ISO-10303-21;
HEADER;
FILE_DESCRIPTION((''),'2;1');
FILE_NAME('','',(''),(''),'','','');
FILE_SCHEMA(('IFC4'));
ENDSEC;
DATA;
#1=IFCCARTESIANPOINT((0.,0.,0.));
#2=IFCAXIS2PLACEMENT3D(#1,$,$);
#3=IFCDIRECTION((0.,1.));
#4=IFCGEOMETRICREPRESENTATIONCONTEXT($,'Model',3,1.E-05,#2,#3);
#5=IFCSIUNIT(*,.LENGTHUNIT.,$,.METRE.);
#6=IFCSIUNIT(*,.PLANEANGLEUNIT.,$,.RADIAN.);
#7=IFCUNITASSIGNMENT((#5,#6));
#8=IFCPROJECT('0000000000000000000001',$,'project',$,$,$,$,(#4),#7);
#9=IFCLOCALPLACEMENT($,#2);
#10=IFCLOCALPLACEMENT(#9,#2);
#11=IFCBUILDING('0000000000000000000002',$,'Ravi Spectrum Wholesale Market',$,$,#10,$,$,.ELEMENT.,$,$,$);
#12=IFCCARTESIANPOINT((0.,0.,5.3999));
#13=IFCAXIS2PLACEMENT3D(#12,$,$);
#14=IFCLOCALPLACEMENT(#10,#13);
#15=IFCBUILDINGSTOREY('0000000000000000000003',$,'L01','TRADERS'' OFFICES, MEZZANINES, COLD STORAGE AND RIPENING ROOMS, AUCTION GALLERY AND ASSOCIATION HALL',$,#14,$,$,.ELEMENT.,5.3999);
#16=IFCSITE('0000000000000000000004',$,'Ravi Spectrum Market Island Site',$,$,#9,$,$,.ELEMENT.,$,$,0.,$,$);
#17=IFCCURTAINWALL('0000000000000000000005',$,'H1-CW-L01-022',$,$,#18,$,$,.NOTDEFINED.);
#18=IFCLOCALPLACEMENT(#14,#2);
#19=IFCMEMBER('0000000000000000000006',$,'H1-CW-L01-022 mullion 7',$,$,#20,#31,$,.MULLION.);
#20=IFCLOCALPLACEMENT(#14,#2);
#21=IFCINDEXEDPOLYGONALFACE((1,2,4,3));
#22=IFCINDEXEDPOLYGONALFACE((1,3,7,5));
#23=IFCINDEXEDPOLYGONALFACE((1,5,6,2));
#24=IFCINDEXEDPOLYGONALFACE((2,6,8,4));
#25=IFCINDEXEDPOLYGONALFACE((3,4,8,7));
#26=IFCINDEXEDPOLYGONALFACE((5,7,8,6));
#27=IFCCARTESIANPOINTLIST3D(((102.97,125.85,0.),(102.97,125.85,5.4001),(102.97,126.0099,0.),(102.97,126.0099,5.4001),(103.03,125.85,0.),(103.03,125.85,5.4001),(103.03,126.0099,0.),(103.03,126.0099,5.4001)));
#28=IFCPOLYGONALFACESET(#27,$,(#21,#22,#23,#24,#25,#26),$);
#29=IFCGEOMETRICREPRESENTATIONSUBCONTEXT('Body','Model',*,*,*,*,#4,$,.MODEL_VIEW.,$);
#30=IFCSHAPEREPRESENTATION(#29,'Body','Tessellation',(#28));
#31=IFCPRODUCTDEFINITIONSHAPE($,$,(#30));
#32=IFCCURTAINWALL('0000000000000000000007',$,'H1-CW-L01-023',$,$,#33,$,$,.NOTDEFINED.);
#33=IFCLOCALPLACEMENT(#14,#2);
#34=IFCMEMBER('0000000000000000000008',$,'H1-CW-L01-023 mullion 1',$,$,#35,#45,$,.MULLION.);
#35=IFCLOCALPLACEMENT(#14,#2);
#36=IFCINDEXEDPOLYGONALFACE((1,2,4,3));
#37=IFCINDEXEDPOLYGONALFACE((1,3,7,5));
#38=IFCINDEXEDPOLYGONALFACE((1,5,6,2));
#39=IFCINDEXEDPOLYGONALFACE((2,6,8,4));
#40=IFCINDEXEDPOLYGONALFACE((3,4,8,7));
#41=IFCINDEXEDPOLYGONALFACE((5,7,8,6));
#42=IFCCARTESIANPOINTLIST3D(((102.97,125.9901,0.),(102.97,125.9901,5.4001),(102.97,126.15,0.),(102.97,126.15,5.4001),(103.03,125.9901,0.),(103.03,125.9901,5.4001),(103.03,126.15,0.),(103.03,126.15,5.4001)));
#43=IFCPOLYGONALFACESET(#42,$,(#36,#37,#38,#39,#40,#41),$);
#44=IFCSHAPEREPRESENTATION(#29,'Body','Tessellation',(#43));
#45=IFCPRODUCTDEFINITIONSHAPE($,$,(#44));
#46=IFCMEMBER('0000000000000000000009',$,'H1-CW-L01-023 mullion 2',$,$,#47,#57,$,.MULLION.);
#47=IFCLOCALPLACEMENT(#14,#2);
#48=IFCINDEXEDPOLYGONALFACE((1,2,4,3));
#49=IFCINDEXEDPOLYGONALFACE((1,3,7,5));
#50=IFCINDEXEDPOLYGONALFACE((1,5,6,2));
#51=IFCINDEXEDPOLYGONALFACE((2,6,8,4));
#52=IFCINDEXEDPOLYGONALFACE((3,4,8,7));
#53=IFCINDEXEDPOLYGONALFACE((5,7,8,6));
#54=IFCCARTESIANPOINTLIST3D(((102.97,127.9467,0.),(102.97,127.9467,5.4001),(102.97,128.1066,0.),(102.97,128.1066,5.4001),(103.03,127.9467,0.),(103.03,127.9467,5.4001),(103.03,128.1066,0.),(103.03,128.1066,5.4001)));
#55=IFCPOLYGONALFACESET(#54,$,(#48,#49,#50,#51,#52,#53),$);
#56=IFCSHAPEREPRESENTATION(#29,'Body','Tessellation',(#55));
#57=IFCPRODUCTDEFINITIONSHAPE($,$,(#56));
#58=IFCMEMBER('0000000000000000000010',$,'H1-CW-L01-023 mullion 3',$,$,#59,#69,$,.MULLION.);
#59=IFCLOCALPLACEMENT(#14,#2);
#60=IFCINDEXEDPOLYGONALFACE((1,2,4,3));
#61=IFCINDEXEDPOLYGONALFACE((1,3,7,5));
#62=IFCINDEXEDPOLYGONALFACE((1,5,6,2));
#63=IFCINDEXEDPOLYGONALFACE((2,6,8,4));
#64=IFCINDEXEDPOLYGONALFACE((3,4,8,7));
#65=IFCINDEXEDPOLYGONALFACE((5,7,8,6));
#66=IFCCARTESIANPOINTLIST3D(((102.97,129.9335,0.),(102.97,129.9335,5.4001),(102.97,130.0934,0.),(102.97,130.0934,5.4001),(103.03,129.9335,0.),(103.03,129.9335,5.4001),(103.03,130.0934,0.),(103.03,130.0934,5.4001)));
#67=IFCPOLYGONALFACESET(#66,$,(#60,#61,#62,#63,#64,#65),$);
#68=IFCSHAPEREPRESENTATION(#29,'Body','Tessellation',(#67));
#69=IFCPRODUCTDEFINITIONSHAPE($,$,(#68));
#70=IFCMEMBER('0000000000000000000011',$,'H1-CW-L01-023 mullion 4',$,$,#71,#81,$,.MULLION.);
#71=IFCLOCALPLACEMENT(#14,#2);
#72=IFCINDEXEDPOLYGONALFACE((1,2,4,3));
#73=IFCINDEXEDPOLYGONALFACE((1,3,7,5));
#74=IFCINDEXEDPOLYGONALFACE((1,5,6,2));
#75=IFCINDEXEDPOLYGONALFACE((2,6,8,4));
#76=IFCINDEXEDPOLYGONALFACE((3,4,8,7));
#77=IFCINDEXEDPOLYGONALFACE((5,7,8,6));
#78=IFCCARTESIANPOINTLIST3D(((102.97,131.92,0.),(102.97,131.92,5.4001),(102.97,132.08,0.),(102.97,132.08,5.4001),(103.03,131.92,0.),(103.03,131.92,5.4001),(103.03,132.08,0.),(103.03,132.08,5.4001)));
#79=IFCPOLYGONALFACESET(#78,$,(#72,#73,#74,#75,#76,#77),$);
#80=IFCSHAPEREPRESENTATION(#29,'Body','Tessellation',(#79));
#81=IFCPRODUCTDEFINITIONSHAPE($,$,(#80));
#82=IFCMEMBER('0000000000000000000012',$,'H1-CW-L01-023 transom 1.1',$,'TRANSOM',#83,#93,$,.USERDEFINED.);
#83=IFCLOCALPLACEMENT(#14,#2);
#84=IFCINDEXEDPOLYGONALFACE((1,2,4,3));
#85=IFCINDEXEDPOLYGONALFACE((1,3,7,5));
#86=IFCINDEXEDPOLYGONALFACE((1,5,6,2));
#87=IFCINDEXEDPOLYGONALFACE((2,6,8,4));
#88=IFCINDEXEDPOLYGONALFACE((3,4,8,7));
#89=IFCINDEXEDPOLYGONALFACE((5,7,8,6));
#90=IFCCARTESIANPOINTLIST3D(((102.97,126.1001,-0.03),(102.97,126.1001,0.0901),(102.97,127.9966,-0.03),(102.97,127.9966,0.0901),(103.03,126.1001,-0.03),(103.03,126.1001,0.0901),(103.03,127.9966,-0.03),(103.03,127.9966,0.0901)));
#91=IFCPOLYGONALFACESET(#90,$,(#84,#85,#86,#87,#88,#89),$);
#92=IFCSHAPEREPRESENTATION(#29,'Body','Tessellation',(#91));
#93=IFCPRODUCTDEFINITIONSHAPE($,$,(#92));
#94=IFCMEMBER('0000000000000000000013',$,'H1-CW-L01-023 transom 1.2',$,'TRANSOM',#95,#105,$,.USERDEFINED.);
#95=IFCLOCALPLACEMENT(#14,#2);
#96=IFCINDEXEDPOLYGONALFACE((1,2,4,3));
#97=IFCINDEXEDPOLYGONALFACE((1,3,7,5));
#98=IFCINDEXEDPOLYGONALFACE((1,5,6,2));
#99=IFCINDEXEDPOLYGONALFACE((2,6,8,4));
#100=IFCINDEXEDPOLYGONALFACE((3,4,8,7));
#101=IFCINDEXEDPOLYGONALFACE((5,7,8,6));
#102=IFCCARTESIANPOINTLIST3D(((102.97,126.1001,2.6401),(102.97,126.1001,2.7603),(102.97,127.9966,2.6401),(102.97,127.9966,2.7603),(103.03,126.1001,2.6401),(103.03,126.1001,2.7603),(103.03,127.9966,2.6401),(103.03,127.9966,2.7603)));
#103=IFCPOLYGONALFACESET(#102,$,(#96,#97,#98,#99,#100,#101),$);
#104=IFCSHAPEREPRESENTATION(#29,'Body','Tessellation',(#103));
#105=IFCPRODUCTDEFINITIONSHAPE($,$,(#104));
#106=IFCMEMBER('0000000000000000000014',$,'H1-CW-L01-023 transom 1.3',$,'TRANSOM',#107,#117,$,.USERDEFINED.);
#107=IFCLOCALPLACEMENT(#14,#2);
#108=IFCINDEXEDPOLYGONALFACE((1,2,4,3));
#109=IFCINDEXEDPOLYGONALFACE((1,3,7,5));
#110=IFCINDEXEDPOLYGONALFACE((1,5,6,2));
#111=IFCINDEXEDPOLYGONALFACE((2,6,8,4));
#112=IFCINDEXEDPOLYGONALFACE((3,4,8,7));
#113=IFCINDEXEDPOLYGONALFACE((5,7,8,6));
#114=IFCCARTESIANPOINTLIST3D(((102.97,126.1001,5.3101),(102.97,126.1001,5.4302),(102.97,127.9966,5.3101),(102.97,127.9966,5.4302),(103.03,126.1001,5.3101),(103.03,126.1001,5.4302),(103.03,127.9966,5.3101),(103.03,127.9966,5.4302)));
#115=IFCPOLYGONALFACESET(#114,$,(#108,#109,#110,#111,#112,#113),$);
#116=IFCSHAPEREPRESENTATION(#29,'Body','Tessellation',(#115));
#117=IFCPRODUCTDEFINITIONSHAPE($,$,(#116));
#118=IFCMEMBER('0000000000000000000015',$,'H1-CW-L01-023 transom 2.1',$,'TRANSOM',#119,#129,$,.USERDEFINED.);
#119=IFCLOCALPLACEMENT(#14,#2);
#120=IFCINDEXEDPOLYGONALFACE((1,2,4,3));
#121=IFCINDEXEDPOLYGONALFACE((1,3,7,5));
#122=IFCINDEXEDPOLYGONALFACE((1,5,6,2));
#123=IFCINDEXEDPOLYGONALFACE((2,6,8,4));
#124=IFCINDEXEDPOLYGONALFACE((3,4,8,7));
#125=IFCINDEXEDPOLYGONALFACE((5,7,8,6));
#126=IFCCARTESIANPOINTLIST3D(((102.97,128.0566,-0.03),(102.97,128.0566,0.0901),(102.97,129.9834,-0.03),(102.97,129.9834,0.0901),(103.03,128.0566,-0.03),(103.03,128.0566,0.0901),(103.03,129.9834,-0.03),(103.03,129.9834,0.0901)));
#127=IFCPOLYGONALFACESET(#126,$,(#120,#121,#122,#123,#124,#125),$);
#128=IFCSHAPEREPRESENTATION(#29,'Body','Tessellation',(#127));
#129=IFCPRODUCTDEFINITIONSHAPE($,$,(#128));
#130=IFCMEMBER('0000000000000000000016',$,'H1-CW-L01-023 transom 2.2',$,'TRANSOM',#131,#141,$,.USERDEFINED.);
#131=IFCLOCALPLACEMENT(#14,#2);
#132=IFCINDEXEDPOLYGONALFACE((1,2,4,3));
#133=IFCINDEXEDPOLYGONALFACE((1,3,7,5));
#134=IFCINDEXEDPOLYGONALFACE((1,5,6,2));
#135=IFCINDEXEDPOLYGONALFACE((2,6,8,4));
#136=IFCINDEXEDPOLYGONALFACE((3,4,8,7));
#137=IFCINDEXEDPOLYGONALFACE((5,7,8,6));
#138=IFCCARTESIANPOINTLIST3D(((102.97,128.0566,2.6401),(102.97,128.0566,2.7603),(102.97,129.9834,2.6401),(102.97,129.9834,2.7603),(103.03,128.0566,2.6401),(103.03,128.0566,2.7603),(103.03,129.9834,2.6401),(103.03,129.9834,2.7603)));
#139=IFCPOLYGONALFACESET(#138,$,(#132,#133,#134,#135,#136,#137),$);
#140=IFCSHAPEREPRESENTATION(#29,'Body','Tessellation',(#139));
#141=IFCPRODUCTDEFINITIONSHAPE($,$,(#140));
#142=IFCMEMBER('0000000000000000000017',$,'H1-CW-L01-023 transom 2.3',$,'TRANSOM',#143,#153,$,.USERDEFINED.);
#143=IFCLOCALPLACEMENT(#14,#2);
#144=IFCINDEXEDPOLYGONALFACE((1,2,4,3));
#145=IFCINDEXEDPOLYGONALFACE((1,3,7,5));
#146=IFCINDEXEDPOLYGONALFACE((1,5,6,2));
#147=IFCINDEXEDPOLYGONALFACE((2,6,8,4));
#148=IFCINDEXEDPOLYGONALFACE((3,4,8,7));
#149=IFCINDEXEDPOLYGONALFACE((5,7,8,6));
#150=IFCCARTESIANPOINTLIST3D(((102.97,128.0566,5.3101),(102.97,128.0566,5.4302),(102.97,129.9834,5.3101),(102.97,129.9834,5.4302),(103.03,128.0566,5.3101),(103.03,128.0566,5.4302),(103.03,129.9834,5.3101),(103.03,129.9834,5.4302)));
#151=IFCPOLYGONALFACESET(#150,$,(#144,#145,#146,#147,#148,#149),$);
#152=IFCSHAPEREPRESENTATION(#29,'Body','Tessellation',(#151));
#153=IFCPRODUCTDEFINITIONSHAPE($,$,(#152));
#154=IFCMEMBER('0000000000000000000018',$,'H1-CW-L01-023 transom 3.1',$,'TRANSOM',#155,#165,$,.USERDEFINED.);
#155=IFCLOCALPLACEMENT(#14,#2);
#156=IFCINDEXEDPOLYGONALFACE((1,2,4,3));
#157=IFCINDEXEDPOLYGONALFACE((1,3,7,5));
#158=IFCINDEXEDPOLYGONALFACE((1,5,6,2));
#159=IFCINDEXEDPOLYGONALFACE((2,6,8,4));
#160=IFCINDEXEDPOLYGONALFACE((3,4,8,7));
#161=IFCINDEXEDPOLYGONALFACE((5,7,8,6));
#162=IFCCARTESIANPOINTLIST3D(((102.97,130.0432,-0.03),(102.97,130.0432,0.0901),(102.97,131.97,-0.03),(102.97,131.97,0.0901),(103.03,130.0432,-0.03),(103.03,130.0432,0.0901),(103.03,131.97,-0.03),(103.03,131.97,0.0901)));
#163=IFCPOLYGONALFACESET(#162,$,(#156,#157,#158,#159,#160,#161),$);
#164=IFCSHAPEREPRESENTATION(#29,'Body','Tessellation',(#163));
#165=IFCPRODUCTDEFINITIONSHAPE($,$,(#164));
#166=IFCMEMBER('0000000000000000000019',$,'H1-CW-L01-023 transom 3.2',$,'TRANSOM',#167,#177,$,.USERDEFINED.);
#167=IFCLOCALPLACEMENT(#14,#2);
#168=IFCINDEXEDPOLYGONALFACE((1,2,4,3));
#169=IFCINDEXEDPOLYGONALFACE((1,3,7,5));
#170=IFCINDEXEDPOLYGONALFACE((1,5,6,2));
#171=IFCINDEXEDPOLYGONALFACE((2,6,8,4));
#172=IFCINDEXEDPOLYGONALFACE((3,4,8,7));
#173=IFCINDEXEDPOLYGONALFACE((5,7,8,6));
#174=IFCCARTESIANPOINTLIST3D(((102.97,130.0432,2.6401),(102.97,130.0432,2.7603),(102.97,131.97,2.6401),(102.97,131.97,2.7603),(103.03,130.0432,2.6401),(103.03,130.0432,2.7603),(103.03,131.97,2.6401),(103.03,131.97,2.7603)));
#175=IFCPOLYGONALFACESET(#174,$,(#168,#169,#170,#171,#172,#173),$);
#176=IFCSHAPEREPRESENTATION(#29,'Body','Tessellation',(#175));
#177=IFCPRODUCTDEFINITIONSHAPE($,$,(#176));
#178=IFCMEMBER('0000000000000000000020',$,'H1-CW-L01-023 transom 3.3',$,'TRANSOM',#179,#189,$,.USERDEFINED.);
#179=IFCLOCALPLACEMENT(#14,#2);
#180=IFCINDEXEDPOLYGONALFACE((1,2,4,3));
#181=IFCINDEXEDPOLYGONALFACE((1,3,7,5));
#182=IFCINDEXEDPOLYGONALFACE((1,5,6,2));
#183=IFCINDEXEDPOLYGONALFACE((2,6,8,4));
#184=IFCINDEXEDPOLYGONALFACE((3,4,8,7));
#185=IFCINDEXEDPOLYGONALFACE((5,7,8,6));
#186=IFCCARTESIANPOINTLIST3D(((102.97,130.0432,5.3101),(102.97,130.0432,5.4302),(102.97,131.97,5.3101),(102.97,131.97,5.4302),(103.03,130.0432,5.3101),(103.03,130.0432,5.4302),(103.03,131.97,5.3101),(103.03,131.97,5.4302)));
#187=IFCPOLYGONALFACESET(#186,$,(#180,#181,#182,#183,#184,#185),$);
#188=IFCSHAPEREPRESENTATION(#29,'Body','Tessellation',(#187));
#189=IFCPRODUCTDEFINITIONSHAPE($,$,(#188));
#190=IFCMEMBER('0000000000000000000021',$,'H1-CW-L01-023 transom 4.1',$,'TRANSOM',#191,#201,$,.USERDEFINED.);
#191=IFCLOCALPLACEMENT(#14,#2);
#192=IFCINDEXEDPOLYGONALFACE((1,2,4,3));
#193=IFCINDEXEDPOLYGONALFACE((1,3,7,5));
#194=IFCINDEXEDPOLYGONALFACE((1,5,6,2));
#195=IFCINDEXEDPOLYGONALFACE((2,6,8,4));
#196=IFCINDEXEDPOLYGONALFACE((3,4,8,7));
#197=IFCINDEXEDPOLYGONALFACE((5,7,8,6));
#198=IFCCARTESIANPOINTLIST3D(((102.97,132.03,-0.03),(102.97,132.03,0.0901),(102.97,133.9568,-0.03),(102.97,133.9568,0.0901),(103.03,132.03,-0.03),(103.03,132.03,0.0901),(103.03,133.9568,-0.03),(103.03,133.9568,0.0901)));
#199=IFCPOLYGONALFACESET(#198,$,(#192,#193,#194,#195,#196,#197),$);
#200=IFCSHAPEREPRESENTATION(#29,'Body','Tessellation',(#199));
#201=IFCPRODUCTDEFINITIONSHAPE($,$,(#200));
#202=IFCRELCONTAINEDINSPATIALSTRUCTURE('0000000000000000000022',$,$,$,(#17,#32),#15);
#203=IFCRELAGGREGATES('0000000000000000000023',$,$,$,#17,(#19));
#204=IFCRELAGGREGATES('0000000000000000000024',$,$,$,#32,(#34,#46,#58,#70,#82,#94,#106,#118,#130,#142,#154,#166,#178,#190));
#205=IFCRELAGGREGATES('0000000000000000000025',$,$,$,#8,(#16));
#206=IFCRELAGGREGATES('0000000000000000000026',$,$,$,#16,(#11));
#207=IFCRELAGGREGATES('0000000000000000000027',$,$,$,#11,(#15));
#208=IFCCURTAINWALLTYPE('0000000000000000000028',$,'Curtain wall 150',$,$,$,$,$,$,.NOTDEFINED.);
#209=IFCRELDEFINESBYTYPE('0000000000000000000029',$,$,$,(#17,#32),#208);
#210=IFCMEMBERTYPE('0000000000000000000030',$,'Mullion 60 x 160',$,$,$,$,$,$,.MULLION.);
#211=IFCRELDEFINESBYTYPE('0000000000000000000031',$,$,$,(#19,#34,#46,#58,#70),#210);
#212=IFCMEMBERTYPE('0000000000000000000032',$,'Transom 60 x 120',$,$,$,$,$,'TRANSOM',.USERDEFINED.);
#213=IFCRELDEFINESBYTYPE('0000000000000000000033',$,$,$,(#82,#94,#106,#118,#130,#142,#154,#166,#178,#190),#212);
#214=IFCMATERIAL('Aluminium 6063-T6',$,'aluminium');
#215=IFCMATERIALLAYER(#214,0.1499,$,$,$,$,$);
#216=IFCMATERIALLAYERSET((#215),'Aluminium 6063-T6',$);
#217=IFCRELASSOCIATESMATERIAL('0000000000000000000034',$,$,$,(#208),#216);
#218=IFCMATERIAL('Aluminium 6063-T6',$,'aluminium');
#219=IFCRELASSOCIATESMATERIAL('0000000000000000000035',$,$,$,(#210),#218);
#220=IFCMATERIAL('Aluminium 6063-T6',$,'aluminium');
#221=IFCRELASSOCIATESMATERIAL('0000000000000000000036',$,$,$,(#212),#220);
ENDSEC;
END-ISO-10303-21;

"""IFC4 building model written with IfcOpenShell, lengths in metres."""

from ifc_helpers import new_model, si_unit, direction, frame, origin, origin_2d, place, context, subcontext, project, spatial, rectangle, extrude, material, layer, layer_set, material_profile, profile_set, type_object, element, aggregate, save


model = new_model("IFC4")

# Units and contexts
model_context = context("Model", 3, precision=1e-05, world=origin(), true_north=direction((0.0, 1.0)))
body_context = subcontext(model_context, "Body", "Model", "MODEL_VIEW")
ifc_project = project(units=[si_unit("LENGTHUNIT", "METRE"), si_unit("PLANEANGLEUNIT", "RADIAN")], contexts=[model_context])

# Site, building, storey
site_placement = place(None, origin())
site = spatial("IfcSite", under=ifc_project, at=site_placement, Name="Ravi Spectrum Market Island Site", CompositionType="ELEMENT", RefElevation=0.0)
building_placement = place(site_placement, origin())
building = spatial("IfcBuilding", under=site, at=building_placement, Name="Ravi Spectrum Wholesale Market", CompositionType="ELEMENT")
storey_placement = place(building_placement, frame((0.0, 0.0, 5.3999)))
storey = spatial("IfcBuildingStorey", under=building, at=storey_placement, Name="L01", Description="TRADERS' OFFICES, MEZZANINES, COLD STORAGE AND RIPENING ROOMS, AUCTION GALLERY AND ASSOCIATION HALL", CompositionType="ELEMENT", Elevation=5.3999)

# Curtain wall, member
ifc_material_1 = material(Name="Aluminium 6063-T6", Category="aluminium")
ifc_layer_1 = layer(ifc_material_1, 0.1499)
ifc_layer_set_1 = layer_set([ifc_layer_1], Name="Aluminium 6063-T6")
curtain_wall_type = type_object("IfcCurtainWallType", Name="Curtain wall 150", PredefinedType="NOTDEFINED", material=ifc_layer_set_1)
curtain_wall_1_placement = place(storey_placement, origin())
curtain_wall_1 = element("IfcCurtainWall", 1, at=curtain_wall_1_placement, inside=storey, type_object=curtain_wall_type, Name="H1-CW-L01-022", PredefinedType="NOTDEFINED")
ifc_material_2 = material(Name="Aluminium 6063-T6", Category="aluminium")
ifc_material_profile_1 = material_profile(ifc_material_2, rectangle(XDim=0.0601, YDim=0.1599, at=origin_2d()))
ifc_profile_set_1 = profile_set([ifc_material_profile_1], Name="Aluminium 6063-T6")
member_type_1 = type_object("IfcMemberType", Name="Mullion 60 x 160", PredefinedType="MULLION", material=ifc_profile_set_1)
member_1_placement = place(storey_placement, frame((103.0, 125.9299, 0.0), z_axis=(0.0, 0.0, 1.0), x_axis=(-1.0, 0.0, 0.0)))
member_1 = element("IfcMember", 2, at=member_1_placement, type_object=member_type_1, Name="H1-CW-L01-022 mullion 7", PredefinedType="MULLION", context=body_context, shape_type="SweptSolid", body=[
    extrude(rectangle(XDim=0.0601, YDim=0.1599, at=origin_2d()), origin(), (0.0, 0.0, 1.0), 5.4001),
])
aggregate(curtain_wall_1, [member_1])

# Curtain wall, members
curtain_wall_2_placement = place(storey_placement, origin())
curtain_wall_2 = element("IfcCurtainWall", 3, at=curtain_wall_2_placement, inside=storey, type_object=curtain_wall_type, Name="H1-CW-L01-023", PredefinedType="NOTDEFINED")
member_2_placement = place(storey_placement, frame((103.0, 126.0701, 0.0), z_axis=(0.0, 0.0, 1.0), x_axis=(-1.0, 0.0, 0.0)))
member_2 = element("IfcMember", 4, at=member_2_placement, type_object=member_type_1, Name="H1-CW-L01-023 mullion 1", PredefinedType="MULLION", context=body_context, shape_type="SweptSolid", body=[
    extrude(rectangle(XDim=0.0601, YDim=0.1599, at=origin_2d()), origin(), (0.0, 0.0, 1.0), 5.4001),
])
member_3_placement = place(storey_placement, frame((103.0, 128.0266, 0.0), z_axis=(0.0, 0.0, 1.0), x_axis=(-1.0, 0.0, 0.0)))
member_3 = element("IfcMember", 5, at=member_3_placement, type_object=member_type_1, Name="H1-CW-L01-023 mullion 2", PredefinedType="MULLION", context=body_context, shape_type="SweptSolid", body=[
    extrude(rectangle(XDim=0.0601, YDim=0.1599, at=origin_2d()), origin(), (0.0, 0.0, 1.0), 5.4001),
])
member_4_placement = place(storey_placement, frame((103.0, 130.0134, 0.0), z_axis=(0.0, 0.0, 1.0), x_axis=(-1.0, 0.0, 0.0)))
member_4 = element("IfcMember", 6, at=member_4_placement, type_object=member_type_1, Name="H1-CW-L01-023 mullion 3", PredefinedType="MULLION", context=body_context, shape_type="SweptSolid", body=[
    extrude(rectangle(XDim=0.0601, YDim=0.1599, at=origin_2d()), origin(), (0.0, 0.0, 1.0), 5.4001),
])
member_5_placement = place(storey_placement, frame((103.0, 132.0, 0.0), z_axis=(0.0, 0.0, 1.0), x_axis=(-1.0, 0.0, 0.0)))
member_5 = element("IfcMember", 7, at=member_5_placement, type_object=member_type_1, Name="H1-CW-L01-023 mullion 4", PredefinedType="MULLION", context=body_context, shape_type="SweptSolid", body=[
    extrude(rectangle(XDim=0.0601, YDim=0.1599, at=origin_2d()), origin(), (0.0, 0.0, 1.0), 5.4001),
])
ifc_material_3 = material(Name="Aluminium 6063-T6", Category="aluminium")
ifc_material_profile_2 = material_profile(ifc_material_3, rectangle(XDim=0.0601, YDim=0.1201, at=origin_2d()))
ifc_profile_set_2 = profile_set([ifc_material_profile_2], Name="Aluminium 6063-T6")
member_type_2 = type_object("IfcMemberType", Name="Transom 60 x 120", ElementType="TRANSOM", PredefinedType="USERDEFINED", material=ifc_profile_set_2)
member_6_placement = place(storey_placement, frame((103.0, 126.1001, 0.03), z_axis=(0.0, 1.0, 0.0), x_axis=(-1.0, 0.0, 0.0)))
member_6 = element("IfcMember", 8, at=member_6_placement, type_object=member_type_2, Name="H1-CW-L01-023 transom 1.1", ObjectType="TRANSOM", PredefinedType="USERDEFINED", context=body_context, shape_type="SweptSolid", body=[
    extrude(rectangle(XDim=0.0601, YDim=0.1201, at=origin_2d()), origin(), (0.0, 0.0, 1.0), 1.8965),
])
member_7_placement = place(storey_placement, frame((103.0, 126.1001, 2.7002), z_axis=(0.0, 1.0, 0.0), x_axis=(-1.0, 0.0, 0.0)))
member_7 = element("IfcMember", 9, at=member_7_placement, type_object=member_type_2, Name="H1-CW-L01-023 transom 1.2", ObjectType="TRANSOM", PredefinedType="USERDEFINED", context=body_context, shape_type="SweptSolid", body=[
    extrude(rectangle(XDim=0.0601, YDim=0.1201, at=origin_2d()), origin(), (0.0, 0.0, 1.0), 1.8965),
])
member_8_placement = place(storey_placement, frame((103.0, 126.1001, 5.3701), z_axis=(0.0, 1.0, 0.0), x_axis=(-1.0, 0.0, 0.0)))
member_8 = element("IfcMember", 10, at=member_8_placement, type_object=member_type_2, Name="H1-CW-L01-023 transom 1.3", ObjectType="TRANSOM", PredefinedType="USERDEFINED", context=body_context, shape_type="SweptSolid", body=[
    extrude(rectangle(XDim=0.0601, YDim=0.1201, at=origin_2d()), origin(), (0.0, 0.0, 1.0), 1.8965),
])
member_9_placement = place(storey_placement, frame((103.0, 128.0566, 0.03), z_axis=(0.0, 1.0, 0.0), x_axis=(-1.0, 0.0, 0.0)))
member_9 = element("IfcMember", 11, at=member_9_placement, type_object=member_type_2, Name="H1-CW-L01-023 transom 2.1", ObjectType="TRANSOM", PredefinedType="USERDEFINED", context=body_context, shape_type="SweptSolid", body=[
    extrude(rectangle(XDim=0.0601, YDim=0.1201, at=origin_2d()), origin(), (0.0, 0.0, 1.0), 1.9268),
])
member_10_placement = place(storey_placement, frame((103.0, 128.0566, 2.7002), z_axis=(0.0, 1.0, 0.0), x_axis=(-1.0, 0.0, 0.0)))
member_10 = element("IfcMember", 12, at=member_10_placement, type_object=member_type_2, Name="H1-CW-L01-023 transom 2.2", ObjectType="TRANSOM", PredefinedType="USERDEFINED", context=body_context, shape_type="SweptSolid", body=[
    extrude(rectangle(XDim=0.0601, YDim=0.1201, at=origin_2d()), origin(), (0.0, 0.0, 1.0), 1.9268),
])
member_11_placement = place(storey_placement, frame((103.0, 128.0566, 5.3701), z_axis=(0.0, 1.0, 0.0), x_axis=(-1.0, 0.0, 0.0)))
member_11 = element("IfcMember", 13, at=member_11_placement, type_object=member_type_2, Name="H1-CW-L01-023 transom 2.3", ObjectType="TRANSOM", PredefinedType="USERDEFINED", context=body_context, shape_type="SweptSolid", body=[
    extrude(rectangle(XDim=0.0601, YDim=0.1201, at=origin_2d()), origin(), (0.0, 0.0, 1.0), 1.9268),
])
member_12_placement = place(storey_placement, frame((103.0, 130.0432, 0.03), z_axis=(0.0, 1.0, 0.0), x_axis=(-1.0, 0.0, 0.0)))
member_12 = element("IfcMember", 14, at=member_12_placement, type_object=member_type_2, Name="H1-CW-L01-023 transom 3.1", ObjectType="TRANSOM", PredefinedType="USERDEFINED", context=body_context, shape_type="SweptSolid", body=[
    extrude(rectangle(XDim=0.0601, YDim=0.1201, at=origin_2d()), origin(), (0.0, 0.0, 1.0), 1.9268),
])
member_13_placement = place(storey_placement, frame((103.0, 130.0432, 2.7002), z_axis=(0.0, 1.0, 0.0), x_axis=(-1.0, 0.0, 0.0)))
member_13 = element("IfcMember", 15, at=member_13_placement, type_object=member_type_2, Name="H1-CW-L01-023 transom 3.2", ObjectType="TRANSOM", PredefinedType="USERDEFINED", context=body_context, shape_type="SweptSolid", body=[
    extrude(rectangle(XDim=0.0601, YDim=0.1201, at=origin_2d()), origin(), (0.0, 0.0, 1.0), 1.9268),
])
member_14_placement = place(storey_placement, frame((103.0, 130.0432, 5.3701), z_axis=(0.0, 1.0, 0.0), x_axis=(-1.0, 0.0, 0.0)))
member_14 = element("IfcMember", 16, at=member_14_placement, type_object=member_type_2, Name="H1-CW-L01-023 transom 3.3", ObjectType="TRANSOM", PredefinedType="USERDEFINED", context=body_context, shape_type="SweptSolid", body=[
    extrude(rectangle(XDim=0.0601, YDim=0.1201, at=origin_2d()), origin(), (0.0, 0.0, 1.0), 1.9268),
])
member_15_placement = place(storey_placement, frame((103.0, 132.03, 0.03), z_axis=(0.0, 1.0, 0.0), x_axis=(-1.0, 0.0, 0.0)))
member_15 = element("IfcMember", 17, at=member_15_placement, type_object=member_type_2, Name="H1-CW-L01-023 transom 4.1", ObjectType="TRANSOM", PredefinedType="USERDEFINED", context=body_context, shape_type="SweptSolid", body=[
    extrude(rectangle(XDim=0.0601, YDim=0.1201, at=origin_2d()), origin(), (0.0, 0.0, 1.0), 1.9268),
])
aggregate(curtain_wall_2, [member_2, member_3, member_4, member_5, member_6, member_7, member_8, member_9, member_10, member_11, member_12, member_13, member_14, member_15])

save(model, "model.ifc")
